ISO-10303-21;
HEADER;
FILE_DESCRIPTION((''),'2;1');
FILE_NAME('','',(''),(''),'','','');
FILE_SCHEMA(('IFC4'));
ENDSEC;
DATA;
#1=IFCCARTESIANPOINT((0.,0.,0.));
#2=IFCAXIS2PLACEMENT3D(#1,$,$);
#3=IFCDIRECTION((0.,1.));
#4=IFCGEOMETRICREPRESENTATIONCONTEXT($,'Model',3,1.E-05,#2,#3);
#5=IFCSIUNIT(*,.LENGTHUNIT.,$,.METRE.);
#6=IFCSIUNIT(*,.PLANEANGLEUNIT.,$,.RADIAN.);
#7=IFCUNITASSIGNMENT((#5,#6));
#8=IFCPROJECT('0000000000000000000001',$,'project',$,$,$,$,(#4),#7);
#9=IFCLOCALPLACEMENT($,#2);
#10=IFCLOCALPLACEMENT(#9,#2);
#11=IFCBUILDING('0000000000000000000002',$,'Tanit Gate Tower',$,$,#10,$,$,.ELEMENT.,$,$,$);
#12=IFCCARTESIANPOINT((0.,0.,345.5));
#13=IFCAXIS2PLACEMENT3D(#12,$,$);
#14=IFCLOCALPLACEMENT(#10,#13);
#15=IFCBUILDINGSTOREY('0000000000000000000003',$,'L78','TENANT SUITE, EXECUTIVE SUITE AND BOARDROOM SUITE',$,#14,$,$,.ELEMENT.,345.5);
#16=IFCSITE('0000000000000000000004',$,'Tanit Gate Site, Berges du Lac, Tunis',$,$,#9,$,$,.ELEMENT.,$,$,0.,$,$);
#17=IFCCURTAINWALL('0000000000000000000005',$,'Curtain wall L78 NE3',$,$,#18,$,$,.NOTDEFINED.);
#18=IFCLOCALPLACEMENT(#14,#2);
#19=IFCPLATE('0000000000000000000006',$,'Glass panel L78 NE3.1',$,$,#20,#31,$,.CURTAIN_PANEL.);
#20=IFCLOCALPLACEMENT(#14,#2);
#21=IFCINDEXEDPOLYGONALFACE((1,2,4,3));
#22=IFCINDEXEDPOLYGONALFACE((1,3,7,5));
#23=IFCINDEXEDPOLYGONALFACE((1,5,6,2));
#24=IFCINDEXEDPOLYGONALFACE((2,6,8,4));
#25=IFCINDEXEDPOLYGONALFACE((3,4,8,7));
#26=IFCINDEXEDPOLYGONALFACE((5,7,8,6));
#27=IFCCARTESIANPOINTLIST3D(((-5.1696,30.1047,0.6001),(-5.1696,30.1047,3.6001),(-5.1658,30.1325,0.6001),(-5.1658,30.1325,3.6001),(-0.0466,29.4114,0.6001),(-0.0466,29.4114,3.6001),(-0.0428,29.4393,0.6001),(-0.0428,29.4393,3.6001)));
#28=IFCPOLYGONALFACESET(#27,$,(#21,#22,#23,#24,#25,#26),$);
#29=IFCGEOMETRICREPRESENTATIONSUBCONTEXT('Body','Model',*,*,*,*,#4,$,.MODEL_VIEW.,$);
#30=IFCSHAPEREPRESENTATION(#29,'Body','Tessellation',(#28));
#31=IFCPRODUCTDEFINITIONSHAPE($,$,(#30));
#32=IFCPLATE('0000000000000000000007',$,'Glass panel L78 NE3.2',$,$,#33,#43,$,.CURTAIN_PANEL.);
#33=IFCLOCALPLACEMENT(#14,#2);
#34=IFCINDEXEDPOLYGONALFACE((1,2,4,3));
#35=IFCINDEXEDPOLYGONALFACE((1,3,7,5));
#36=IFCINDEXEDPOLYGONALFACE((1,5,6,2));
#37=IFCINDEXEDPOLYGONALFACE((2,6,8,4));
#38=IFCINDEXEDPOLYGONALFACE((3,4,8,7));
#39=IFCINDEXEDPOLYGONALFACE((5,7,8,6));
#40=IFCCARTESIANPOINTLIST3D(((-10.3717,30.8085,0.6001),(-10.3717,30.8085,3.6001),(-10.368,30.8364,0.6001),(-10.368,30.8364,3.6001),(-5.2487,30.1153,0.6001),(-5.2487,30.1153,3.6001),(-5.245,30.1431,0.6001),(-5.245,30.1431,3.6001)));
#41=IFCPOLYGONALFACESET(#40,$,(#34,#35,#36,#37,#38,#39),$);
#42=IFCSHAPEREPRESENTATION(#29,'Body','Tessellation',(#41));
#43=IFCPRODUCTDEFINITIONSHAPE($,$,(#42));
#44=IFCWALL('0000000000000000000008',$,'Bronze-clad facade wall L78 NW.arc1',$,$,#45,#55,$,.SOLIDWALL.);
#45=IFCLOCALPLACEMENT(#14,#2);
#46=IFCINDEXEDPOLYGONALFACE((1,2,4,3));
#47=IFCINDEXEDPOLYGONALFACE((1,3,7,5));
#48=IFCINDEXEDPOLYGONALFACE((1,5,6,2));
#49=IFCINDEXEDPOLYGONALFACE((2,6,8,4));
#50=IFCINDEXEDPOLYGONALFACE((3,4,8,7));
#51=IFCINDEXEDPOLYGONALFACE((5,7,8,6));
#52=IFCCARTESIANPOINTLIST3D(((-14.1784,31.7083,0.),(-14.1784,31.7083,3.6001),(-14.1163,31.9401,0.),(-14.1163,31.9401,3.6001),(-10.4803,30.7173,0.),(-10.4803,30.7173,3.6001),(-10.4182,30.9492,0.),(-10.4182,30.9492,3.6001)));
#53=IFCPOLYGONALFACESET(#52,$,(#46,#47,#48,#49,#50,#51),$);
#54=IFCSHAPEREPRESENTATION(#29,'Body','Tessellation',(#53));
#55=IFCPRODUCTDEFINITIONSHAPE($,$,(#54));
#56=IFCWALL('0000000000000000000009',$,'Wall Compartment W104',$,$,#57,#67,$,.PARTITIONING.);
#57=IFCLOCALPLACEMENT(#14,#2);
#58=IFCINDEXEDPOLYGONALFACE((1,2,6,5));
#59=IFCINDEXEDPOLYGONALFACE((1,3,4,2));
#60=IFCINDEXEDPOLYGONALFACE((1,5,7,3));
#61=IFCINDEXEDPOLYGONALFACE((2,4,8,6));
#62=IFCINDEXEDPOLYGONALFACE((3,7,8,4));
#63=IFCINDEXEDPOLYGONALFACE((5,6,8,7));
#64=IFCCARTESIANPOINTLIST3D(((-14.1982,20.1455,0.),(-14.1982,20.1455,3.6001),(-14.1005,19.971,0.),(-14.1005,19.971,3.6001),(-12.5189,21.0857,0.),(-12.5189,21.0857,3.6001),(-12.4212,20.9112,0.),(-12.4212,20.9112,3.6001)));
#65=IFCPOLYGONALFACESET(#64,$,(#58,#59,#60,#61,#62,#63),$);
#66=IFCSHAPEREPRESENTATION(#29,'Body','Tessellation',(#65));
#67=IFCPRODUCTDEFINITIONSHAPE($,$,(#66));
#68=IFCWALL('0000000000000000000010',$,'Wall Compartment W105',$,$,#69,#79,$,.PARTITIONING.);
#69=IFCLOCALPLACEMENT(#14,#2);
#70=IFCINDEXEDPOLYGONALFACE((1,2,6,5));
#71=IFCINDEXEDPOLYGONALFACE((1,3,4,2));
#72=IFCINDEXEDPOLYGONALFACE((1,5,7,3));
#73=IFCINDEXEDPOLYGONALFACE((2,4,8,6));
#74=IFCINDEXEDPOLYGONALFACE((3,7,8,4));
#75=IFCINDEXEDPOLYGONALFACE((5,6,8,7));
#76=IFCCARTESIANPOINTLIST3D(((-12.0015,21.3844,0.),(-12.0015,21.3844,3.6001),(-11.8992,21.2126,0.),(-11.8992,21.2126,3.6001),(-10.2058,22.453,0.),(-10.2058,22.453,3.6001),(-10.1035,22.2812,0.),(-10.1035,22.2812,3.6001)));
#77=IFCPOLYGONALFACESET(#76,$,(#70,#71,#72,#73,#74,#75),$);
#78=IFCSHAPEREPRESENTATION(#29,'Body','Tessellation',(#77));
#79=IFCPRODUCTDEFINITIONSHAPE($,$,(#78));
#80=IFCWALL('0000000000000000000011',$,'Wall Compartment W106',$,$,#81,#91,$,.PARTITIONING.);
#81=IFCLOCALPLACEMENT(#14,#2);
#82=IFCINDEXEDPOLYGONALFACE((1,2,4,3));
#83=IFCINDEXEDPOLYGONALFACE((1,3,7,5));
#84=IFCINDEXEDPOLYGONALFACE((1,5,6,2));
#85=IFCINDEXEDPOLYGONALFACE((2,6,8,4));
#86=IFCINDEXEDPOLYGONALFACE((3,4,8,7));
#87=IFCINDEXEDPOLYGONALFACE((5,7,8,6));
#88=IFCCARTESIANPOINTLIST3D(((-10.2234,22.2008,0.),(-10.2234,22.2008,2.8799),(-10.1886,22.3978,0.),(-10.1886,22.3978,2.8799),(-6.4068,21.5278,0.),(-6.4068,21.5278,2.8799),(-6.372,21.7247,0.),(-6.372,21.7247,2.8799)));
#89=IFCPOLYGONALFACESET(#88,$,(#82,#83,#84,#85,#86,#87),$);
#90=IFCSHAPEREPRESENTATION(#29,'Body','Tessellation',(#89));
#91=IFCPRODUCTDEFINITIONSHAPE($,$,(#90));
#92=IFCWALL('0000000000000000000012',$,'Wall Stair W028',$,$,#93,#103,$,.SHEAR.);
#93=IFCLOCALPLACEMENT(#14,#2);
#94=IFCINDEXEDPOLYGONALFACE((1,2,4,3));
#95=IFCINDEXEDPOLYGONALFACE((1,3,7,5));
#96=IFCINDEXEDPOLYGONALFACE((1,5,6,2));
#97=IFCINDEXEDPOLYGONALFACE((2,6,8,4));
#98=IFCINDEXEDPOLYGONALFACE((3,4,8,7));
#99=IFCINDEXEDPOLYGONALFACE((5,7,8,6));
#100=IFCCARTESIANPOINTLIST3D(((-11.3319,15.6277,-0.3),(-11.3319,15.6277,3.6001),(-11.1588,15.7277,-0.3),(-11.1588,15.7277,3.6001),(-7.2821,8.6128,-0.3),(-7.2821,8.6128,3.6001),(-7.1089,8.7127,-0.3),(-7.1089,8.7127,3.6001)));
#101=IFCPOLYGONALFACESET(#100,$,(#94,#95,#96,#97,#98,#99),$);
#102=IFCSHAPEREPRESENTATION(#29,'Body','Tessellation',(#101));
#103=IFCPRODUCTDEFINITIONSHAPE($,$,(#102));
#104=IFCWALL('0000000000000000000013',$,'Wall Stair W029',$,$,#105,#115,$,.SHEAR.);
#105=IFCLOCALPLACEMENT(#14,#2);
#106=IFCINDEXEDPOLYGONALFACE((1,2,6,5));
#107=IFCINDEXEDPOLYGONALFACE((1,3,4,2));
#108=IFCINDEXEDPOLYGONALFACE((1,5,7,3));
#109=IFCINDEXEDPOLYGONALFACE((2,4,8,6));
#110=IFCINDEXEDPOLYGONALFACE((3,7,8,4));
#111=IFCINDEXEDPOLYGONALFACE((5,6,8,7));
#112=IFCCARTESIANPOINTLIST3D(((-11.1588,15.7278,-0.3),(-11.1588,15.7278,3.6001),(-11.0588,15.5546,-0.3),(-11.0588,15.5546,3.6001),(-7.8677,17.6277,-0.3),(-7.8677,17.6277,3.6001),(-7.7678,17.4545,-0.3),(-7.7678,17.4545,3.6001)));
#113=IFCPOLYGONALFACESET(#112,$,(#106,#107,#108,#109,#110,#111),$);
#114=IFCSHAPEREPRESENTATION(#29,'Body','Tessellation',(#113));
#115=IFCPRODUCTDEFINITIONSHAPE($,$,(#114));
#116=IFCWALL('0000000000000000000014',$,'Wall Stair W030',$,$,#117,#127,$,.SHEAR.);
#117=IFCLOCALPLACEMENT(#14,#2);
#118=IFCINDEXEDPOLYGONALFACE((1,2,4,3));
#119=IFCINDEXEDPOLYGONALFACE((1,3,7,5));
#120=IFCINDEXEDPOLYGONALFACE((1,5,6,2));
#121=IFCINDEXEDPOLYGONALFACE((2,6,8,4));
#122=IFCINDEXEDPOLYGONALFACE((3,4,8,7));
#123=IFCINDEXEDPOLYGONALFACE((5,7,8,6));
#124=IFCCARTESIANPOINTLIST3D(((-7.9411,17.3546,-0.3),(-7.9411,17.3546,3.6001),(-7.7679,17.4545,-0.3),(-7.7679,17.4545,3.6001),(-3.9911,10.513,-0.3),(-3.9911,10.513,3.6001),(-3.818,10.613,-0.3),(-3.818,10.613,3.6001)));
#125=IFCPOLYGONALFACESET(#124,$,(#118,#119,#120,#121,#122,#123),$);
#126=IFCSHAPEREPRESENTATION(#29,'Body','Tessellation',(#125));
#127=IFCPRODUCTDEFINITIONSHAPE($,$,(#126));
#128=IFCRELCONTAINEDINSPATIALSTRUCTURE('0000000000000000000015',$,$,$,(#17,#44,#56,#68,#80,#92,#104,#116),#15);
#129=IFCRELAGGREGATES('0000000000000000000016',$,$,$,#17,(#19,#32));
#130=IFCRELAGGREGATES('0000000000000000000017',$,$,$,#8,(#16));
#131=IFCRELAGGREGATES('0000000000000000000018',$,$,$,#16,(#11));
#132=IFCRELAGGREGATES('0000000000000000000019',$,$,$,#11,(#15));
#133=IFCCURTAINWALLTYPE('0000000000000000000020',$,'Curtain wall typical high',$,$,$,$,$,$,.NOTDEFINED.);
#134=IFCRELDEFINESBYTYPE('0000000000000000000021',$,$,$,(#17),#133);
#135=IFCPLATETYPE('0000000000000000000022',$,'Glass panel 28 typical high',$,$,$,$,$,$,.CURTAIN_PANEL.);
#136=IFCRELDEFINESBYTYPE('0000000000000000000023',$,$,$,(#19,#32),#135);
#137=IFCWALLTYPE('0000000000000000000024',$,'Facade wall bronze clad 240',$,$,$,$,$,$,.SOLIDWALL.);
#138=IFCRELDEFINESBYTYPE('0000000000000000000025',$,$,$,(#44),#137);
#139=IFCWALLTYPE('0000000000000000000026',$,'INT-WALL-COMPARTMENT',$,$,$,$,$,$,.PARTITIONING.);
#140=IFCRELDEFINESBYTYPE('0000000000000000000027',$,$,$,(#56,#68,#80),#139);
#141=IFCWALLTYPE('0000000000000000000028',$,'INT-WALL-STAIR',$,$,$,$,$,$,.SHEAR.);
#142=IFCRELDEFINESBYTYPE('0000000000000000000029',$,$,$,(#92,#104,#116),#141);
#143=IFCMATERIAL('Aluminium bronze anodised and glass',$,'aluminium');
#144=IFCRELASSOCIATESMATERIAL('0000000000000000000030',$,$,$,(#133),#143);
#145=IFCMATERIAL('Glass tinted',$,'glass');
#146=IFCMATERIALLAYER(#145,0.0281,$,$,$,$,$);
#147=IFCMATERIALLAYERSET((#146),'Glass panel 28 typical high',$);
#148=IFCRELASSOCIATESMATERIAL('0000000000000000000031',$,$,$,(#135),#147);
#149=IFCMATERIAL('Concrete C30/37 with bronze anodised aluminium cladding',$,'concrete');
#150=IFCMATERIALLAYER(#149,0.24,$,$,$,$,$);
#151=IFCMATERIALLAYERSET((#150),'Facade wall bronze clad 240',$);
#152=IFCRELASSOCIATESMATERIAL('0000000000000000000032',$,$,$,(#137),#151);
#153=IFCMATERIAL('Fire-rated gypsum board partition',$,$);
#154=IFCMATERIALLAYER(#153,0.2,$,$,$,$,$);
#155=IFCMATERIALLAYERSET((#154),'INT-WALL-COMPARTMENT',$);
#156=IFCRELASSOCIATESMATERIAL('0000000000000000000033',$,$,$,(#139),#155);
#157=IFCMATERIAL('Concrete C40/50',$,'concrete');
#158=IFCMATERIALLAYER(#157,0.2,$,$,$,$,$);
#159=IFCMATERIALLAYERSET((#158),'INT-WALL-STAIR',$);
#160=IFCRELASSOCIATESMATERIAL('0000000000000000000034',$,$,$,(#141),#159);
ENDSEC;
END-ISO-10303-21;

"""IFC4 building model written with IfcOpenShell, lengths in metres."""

from ifc_helpers import new_model, si_unit, direction, frame, frame_2d, origin, origin_2d, place, context, subcontext, project, spatial, rectangle, extrude, material, layer, layer_set, type_object, element, aggregate, save


model = new_model("IFC4")

# Units and contexts
model_context = context("Model", 3, precision=1e-05, world=origin(), true_north=direction((0.0, 1.0)))
body_context = subcontext(model_context, "Body", "Model", "MODEL_VIEW")
ifc_project = project(units=[si_unit("LENGTHUNIT", "METRE"), si_unit("PLANEANGLEUNIT", "RADIAN")], contexts=[model_context])

# Site, building, storey
site_placement = place(None, origin())
site = spatial("IfcSite", under=ifc_project, at=site_placement, Name="Tanit Gate Site, Berges du Lac, Tunis", CompositionType="ELEMENT", RefElevation=0.0)
building_placement = place(site_placement, origin())
building = spatial("IfcBuilding", under=site, at=building_placement, Name="Tanit Gate Tower", CompositionType="ELEMENT")
storey_placement = place(building_placement, frame((0.0, 0.0, 345.5)))
storey = spatial("IfcBuildingStorey", under=building, at=storey_placement, Name="L78", Description="TENANT SUITE, EXECUTIVE SUITE AND BOARDROOM SUITE", CompositionType="ELEMENT", Elevation=345.5)

# Curtain wall
ifc_material_1 = material(Name="Aluminium bronze anodised and glass", Category="aluminium")
curtain_wall_type = type_object("IfcCurtainWallType", Name="Curtain wall typical high", PredefinedType="NOTDEFINED", material=ifc_material_1)
curtain_wall_placement = place(storey_placement, origin())
curtain_wall = element("IfcCurtainWall", 1, at=curtain_wall_placement, inside=storey, type_object=curtain_wall_type, Name="Curtain wall L78 NE3", PredefinedType="NOTDEFINED")

# Plates
ifc_material_2 = material(Name="Glass tinted", Category="glass")
ifc_layer_1 = layer(ifc_material_2, 0.0281)
ifc_layer_set_1 = layer_set([ifc_layer_1], Name="Glass panel 28 typical high")
plate_type = type_object("IfcPlateType", Name="Glass panel 28 typical high", PredefinedType="CURTAIN_PANEL", material=ifc_layer_set_1)
plate_1_placement = place(storey_placement, frame((-2.6062, 29.772, 0.6001), z_axis=(0.0, 0.0, 1.0), x_axis=(-0.990969, 0.134094, 0.0)))
plate_1 = element("IfcPlate", 2, at=plate_1_placement, type_object=plate_type, Name="Glass panel L78 NE3.1", PredefinedType="CURTAIN_PANEL", context=body_context, shape_type="SweptSolid", body=[
    extrude(rectangle(XDim=5.1697, YDim=0.0281, at=origin_2d()), origin(), (0.0, 0.0, 1.0), 3.0),
])
plate_2_placement = place(storey_placement, frame((-7.8083, 30.4758, 0.6001), z_axis=(0.0, 0.0, 1.0), x_axis=(-0.990969, 0.134094, 0.0)))
plate_2 = element("IfcPlate", 3, at=plate_2_placement, type_object=plate_type, Name="Glass panel L78 NE3.2", PredefinedType="CURTAIN_PANEL", context=body_context, shape_type="SweptSolid", body=[
    extrude(rectangle(XDim=5.1697, YDim=0.0281, at=origin_2d()), origin(), (0.0, 0.0, 1.0), 3.0),
])
aggregate(curtain_wall, [plate_1, plate_2])

# Walls
ifc_material_3 = material(Name="Concrete C30/37 with bronze anodised aluminium cladding", Category="concrete")
ifc_layer_2 = layer(ifc_material_3, 0.24)
ifc_layer_set_2 = layer_set([ifc_layer_2], Name="Facade wall bronze clad 240")
wall_type_1 = type_object("IfcWallType", Name="Facade wall bronze clad 240", PredefinedType="SOLIDWALL", material=ifc_layer_set_2)
wall_1_placement = place(storey_placement, frame((-10.4492, 30.8333, 0.0), z_axis=(0.0, 0.0, 1.0), x_axis=(-0.965924, 0.258825, 0.0)))
element("IfcWall", 4, at=wall_1_placement, inside=storey, type_object=wall_type_1, Name="Bronze-clad facade wall L78 NW.arc1", PredefinedType="SOLIDWALL", context=body_context, shape_type="SweptSolid", body=[
    extrude(rectangle(XDim=3.8286, YDim=0.24, at=frame_2d((1.9143, 0.0))), origin(), (0.0, 0.0, 1.0), 3.6001),
])
ifc_material_4 = material(Name="Fire-rated gypsum board partition")
ifc_layer_3 = layer(ifc_material_4, 0.2)
ifc_layer_set_3 = layer_set([ifc_layer_3], Name="INT-WALL-COMPARTMENT")
wall_type_2 = type_object("IfcWallType", Name="INT-WALL-COMPARTMENT", PredefinedType="PARTITIONING", material=ifc_layer_set_3)
wall_2_placement = place(storey_placement, frame((-12.47, 20.9985, 0.0), z_axis=(0.0, 0.0, 1.0), x_axis=(-0.872543, -0.488538, 0.0)))
element("IfcWall", 5, at=wall_2_placement, inside=storey, type_object=wall_type_2, Name="Wall Compartment W104", PredefinedType="PARTITIONING", context=body_context, shape_type="SweptSolid", body=[
    extrude(rectangle(XDim=1.9246, YDim=0.2, at=frame_2d((0.9624, 0.0))), origin(), (0.0, 0.0, 1.0), 3.6001),
])
wall_3_placement = place(storey_placement, frame((-10.1545, 22.3672, 0.0), z_axis=(0.0, 0.0, 1.0), x_axis=(-0.859343, -0.5114, 0.0)))
element("IfcWall", 6, at=wall_3_placement, inside=storey, type_object=wall_type_2, Name="Wall Compartment W105", PredefinedType="PARTITIONING", context=body_context, shape_type="SweptSolid", body=[
    extrude(rectangle(XDim=2.0896, YDim=0.2, at=frame_2d((1.0449, 0.0))), origin(), (0.0, 0.0, 1.0), 3.6001),
])
wall_4_placement = place(storey_placement, frame((-6.3894, 21.6262, 0.0), z_axis=(0.0, 0.0, 1.0), x_axis=(-0.984803, 0.173678, 0.0)))
element("IfcWall", 7, at=wall_4_placement, inside=storey, type_object=wall_type_2, Name="Wall Compartment W106", PredefinedType="PARTITIONING", context=body_context, shape_type="SweptSolid", body=[
    extrude(rectangle(XDim=3.8755, YDim=0.2, at=frame_2d((1.9377, 0.0))), origin(), (0.0, 0.0, 1.0), 2.8799),
])
ifc_material_5 = material(Name="Concrete C40/50", Category="concrete")
ifc_layer_4 = layer(ifc_material_5, 0.2)
ifc_layer_set_4 = layer_set([ifc_layer_4], Name="INT-WALL-STAIR")
wall_type_3 = type_object("IfcWallType", Name="INT-WALL-STAIR", PredefinedType="SHEAR", material=ifc_layer_set_4)
wall_5_placement = place(storey_placement, frame((-11.2454, 15.6777, -0.3), z_axis=(0.0, 0.0, 1.0), x_axis=(0.499977, -0.866039, 0.0)))
element("IfcWall", 8, at=wall_5_placement, inside=storey, type_object=wall_type_3, Name="Wall Stair W028", PredefinedType="SHEAR", context=body_context, shape_type="SweptSolid", body=[
    extrude(rectangle(XDim=8.1001, YDim=0.2, at=frame_2d((4.05, 0.0))), origin(), (0.0, 0.0, 1.0), 3.9001),
])
wall_6_placement = place(storey_placement, frame((-7.8179, 17.541, -0.3), z_axis=(0.0, 0.0, 1.0), x_axis=(-0.866044, -0.499967, 0.0)))
element("IfcWall", 9, at=wall_6_placement, inside=storey, type_object=wall_type_3, Name="Wall Stair W029", PredefinedType="SHEAR", context=body_context, shape_type="SweptSolid", body=[
    extrude(rectangle(XDim=3.8, YDim=0.2, at=frame_2d((1.8999, 0.0))), origin(), (0.0, 0.0, 1.0), 3.9001),
])
wall_7_placement = place(storey_placement, frame((-7.8545, 17.4045, -0.3), z_axis=(0.0, 0.0, 1.0), x_axis=(0.499998, -0.866027, 0.0)))
element("IfcWall", 10, at=wall_7_placement, inside=storey, type_object=wall_type_3, Name="Wall Stair W030", PredefinedType="SHEAR", context=body_context, shape_type="SweptSolid", body=[
    extrude(rectangle(XDim=7.8999, YDim=0.2, at=frame_2d((3.95, 0.0))), origin(), (0.0, 0.0, 1.0), 3.9001),
])

save(model, "model.ifc")
